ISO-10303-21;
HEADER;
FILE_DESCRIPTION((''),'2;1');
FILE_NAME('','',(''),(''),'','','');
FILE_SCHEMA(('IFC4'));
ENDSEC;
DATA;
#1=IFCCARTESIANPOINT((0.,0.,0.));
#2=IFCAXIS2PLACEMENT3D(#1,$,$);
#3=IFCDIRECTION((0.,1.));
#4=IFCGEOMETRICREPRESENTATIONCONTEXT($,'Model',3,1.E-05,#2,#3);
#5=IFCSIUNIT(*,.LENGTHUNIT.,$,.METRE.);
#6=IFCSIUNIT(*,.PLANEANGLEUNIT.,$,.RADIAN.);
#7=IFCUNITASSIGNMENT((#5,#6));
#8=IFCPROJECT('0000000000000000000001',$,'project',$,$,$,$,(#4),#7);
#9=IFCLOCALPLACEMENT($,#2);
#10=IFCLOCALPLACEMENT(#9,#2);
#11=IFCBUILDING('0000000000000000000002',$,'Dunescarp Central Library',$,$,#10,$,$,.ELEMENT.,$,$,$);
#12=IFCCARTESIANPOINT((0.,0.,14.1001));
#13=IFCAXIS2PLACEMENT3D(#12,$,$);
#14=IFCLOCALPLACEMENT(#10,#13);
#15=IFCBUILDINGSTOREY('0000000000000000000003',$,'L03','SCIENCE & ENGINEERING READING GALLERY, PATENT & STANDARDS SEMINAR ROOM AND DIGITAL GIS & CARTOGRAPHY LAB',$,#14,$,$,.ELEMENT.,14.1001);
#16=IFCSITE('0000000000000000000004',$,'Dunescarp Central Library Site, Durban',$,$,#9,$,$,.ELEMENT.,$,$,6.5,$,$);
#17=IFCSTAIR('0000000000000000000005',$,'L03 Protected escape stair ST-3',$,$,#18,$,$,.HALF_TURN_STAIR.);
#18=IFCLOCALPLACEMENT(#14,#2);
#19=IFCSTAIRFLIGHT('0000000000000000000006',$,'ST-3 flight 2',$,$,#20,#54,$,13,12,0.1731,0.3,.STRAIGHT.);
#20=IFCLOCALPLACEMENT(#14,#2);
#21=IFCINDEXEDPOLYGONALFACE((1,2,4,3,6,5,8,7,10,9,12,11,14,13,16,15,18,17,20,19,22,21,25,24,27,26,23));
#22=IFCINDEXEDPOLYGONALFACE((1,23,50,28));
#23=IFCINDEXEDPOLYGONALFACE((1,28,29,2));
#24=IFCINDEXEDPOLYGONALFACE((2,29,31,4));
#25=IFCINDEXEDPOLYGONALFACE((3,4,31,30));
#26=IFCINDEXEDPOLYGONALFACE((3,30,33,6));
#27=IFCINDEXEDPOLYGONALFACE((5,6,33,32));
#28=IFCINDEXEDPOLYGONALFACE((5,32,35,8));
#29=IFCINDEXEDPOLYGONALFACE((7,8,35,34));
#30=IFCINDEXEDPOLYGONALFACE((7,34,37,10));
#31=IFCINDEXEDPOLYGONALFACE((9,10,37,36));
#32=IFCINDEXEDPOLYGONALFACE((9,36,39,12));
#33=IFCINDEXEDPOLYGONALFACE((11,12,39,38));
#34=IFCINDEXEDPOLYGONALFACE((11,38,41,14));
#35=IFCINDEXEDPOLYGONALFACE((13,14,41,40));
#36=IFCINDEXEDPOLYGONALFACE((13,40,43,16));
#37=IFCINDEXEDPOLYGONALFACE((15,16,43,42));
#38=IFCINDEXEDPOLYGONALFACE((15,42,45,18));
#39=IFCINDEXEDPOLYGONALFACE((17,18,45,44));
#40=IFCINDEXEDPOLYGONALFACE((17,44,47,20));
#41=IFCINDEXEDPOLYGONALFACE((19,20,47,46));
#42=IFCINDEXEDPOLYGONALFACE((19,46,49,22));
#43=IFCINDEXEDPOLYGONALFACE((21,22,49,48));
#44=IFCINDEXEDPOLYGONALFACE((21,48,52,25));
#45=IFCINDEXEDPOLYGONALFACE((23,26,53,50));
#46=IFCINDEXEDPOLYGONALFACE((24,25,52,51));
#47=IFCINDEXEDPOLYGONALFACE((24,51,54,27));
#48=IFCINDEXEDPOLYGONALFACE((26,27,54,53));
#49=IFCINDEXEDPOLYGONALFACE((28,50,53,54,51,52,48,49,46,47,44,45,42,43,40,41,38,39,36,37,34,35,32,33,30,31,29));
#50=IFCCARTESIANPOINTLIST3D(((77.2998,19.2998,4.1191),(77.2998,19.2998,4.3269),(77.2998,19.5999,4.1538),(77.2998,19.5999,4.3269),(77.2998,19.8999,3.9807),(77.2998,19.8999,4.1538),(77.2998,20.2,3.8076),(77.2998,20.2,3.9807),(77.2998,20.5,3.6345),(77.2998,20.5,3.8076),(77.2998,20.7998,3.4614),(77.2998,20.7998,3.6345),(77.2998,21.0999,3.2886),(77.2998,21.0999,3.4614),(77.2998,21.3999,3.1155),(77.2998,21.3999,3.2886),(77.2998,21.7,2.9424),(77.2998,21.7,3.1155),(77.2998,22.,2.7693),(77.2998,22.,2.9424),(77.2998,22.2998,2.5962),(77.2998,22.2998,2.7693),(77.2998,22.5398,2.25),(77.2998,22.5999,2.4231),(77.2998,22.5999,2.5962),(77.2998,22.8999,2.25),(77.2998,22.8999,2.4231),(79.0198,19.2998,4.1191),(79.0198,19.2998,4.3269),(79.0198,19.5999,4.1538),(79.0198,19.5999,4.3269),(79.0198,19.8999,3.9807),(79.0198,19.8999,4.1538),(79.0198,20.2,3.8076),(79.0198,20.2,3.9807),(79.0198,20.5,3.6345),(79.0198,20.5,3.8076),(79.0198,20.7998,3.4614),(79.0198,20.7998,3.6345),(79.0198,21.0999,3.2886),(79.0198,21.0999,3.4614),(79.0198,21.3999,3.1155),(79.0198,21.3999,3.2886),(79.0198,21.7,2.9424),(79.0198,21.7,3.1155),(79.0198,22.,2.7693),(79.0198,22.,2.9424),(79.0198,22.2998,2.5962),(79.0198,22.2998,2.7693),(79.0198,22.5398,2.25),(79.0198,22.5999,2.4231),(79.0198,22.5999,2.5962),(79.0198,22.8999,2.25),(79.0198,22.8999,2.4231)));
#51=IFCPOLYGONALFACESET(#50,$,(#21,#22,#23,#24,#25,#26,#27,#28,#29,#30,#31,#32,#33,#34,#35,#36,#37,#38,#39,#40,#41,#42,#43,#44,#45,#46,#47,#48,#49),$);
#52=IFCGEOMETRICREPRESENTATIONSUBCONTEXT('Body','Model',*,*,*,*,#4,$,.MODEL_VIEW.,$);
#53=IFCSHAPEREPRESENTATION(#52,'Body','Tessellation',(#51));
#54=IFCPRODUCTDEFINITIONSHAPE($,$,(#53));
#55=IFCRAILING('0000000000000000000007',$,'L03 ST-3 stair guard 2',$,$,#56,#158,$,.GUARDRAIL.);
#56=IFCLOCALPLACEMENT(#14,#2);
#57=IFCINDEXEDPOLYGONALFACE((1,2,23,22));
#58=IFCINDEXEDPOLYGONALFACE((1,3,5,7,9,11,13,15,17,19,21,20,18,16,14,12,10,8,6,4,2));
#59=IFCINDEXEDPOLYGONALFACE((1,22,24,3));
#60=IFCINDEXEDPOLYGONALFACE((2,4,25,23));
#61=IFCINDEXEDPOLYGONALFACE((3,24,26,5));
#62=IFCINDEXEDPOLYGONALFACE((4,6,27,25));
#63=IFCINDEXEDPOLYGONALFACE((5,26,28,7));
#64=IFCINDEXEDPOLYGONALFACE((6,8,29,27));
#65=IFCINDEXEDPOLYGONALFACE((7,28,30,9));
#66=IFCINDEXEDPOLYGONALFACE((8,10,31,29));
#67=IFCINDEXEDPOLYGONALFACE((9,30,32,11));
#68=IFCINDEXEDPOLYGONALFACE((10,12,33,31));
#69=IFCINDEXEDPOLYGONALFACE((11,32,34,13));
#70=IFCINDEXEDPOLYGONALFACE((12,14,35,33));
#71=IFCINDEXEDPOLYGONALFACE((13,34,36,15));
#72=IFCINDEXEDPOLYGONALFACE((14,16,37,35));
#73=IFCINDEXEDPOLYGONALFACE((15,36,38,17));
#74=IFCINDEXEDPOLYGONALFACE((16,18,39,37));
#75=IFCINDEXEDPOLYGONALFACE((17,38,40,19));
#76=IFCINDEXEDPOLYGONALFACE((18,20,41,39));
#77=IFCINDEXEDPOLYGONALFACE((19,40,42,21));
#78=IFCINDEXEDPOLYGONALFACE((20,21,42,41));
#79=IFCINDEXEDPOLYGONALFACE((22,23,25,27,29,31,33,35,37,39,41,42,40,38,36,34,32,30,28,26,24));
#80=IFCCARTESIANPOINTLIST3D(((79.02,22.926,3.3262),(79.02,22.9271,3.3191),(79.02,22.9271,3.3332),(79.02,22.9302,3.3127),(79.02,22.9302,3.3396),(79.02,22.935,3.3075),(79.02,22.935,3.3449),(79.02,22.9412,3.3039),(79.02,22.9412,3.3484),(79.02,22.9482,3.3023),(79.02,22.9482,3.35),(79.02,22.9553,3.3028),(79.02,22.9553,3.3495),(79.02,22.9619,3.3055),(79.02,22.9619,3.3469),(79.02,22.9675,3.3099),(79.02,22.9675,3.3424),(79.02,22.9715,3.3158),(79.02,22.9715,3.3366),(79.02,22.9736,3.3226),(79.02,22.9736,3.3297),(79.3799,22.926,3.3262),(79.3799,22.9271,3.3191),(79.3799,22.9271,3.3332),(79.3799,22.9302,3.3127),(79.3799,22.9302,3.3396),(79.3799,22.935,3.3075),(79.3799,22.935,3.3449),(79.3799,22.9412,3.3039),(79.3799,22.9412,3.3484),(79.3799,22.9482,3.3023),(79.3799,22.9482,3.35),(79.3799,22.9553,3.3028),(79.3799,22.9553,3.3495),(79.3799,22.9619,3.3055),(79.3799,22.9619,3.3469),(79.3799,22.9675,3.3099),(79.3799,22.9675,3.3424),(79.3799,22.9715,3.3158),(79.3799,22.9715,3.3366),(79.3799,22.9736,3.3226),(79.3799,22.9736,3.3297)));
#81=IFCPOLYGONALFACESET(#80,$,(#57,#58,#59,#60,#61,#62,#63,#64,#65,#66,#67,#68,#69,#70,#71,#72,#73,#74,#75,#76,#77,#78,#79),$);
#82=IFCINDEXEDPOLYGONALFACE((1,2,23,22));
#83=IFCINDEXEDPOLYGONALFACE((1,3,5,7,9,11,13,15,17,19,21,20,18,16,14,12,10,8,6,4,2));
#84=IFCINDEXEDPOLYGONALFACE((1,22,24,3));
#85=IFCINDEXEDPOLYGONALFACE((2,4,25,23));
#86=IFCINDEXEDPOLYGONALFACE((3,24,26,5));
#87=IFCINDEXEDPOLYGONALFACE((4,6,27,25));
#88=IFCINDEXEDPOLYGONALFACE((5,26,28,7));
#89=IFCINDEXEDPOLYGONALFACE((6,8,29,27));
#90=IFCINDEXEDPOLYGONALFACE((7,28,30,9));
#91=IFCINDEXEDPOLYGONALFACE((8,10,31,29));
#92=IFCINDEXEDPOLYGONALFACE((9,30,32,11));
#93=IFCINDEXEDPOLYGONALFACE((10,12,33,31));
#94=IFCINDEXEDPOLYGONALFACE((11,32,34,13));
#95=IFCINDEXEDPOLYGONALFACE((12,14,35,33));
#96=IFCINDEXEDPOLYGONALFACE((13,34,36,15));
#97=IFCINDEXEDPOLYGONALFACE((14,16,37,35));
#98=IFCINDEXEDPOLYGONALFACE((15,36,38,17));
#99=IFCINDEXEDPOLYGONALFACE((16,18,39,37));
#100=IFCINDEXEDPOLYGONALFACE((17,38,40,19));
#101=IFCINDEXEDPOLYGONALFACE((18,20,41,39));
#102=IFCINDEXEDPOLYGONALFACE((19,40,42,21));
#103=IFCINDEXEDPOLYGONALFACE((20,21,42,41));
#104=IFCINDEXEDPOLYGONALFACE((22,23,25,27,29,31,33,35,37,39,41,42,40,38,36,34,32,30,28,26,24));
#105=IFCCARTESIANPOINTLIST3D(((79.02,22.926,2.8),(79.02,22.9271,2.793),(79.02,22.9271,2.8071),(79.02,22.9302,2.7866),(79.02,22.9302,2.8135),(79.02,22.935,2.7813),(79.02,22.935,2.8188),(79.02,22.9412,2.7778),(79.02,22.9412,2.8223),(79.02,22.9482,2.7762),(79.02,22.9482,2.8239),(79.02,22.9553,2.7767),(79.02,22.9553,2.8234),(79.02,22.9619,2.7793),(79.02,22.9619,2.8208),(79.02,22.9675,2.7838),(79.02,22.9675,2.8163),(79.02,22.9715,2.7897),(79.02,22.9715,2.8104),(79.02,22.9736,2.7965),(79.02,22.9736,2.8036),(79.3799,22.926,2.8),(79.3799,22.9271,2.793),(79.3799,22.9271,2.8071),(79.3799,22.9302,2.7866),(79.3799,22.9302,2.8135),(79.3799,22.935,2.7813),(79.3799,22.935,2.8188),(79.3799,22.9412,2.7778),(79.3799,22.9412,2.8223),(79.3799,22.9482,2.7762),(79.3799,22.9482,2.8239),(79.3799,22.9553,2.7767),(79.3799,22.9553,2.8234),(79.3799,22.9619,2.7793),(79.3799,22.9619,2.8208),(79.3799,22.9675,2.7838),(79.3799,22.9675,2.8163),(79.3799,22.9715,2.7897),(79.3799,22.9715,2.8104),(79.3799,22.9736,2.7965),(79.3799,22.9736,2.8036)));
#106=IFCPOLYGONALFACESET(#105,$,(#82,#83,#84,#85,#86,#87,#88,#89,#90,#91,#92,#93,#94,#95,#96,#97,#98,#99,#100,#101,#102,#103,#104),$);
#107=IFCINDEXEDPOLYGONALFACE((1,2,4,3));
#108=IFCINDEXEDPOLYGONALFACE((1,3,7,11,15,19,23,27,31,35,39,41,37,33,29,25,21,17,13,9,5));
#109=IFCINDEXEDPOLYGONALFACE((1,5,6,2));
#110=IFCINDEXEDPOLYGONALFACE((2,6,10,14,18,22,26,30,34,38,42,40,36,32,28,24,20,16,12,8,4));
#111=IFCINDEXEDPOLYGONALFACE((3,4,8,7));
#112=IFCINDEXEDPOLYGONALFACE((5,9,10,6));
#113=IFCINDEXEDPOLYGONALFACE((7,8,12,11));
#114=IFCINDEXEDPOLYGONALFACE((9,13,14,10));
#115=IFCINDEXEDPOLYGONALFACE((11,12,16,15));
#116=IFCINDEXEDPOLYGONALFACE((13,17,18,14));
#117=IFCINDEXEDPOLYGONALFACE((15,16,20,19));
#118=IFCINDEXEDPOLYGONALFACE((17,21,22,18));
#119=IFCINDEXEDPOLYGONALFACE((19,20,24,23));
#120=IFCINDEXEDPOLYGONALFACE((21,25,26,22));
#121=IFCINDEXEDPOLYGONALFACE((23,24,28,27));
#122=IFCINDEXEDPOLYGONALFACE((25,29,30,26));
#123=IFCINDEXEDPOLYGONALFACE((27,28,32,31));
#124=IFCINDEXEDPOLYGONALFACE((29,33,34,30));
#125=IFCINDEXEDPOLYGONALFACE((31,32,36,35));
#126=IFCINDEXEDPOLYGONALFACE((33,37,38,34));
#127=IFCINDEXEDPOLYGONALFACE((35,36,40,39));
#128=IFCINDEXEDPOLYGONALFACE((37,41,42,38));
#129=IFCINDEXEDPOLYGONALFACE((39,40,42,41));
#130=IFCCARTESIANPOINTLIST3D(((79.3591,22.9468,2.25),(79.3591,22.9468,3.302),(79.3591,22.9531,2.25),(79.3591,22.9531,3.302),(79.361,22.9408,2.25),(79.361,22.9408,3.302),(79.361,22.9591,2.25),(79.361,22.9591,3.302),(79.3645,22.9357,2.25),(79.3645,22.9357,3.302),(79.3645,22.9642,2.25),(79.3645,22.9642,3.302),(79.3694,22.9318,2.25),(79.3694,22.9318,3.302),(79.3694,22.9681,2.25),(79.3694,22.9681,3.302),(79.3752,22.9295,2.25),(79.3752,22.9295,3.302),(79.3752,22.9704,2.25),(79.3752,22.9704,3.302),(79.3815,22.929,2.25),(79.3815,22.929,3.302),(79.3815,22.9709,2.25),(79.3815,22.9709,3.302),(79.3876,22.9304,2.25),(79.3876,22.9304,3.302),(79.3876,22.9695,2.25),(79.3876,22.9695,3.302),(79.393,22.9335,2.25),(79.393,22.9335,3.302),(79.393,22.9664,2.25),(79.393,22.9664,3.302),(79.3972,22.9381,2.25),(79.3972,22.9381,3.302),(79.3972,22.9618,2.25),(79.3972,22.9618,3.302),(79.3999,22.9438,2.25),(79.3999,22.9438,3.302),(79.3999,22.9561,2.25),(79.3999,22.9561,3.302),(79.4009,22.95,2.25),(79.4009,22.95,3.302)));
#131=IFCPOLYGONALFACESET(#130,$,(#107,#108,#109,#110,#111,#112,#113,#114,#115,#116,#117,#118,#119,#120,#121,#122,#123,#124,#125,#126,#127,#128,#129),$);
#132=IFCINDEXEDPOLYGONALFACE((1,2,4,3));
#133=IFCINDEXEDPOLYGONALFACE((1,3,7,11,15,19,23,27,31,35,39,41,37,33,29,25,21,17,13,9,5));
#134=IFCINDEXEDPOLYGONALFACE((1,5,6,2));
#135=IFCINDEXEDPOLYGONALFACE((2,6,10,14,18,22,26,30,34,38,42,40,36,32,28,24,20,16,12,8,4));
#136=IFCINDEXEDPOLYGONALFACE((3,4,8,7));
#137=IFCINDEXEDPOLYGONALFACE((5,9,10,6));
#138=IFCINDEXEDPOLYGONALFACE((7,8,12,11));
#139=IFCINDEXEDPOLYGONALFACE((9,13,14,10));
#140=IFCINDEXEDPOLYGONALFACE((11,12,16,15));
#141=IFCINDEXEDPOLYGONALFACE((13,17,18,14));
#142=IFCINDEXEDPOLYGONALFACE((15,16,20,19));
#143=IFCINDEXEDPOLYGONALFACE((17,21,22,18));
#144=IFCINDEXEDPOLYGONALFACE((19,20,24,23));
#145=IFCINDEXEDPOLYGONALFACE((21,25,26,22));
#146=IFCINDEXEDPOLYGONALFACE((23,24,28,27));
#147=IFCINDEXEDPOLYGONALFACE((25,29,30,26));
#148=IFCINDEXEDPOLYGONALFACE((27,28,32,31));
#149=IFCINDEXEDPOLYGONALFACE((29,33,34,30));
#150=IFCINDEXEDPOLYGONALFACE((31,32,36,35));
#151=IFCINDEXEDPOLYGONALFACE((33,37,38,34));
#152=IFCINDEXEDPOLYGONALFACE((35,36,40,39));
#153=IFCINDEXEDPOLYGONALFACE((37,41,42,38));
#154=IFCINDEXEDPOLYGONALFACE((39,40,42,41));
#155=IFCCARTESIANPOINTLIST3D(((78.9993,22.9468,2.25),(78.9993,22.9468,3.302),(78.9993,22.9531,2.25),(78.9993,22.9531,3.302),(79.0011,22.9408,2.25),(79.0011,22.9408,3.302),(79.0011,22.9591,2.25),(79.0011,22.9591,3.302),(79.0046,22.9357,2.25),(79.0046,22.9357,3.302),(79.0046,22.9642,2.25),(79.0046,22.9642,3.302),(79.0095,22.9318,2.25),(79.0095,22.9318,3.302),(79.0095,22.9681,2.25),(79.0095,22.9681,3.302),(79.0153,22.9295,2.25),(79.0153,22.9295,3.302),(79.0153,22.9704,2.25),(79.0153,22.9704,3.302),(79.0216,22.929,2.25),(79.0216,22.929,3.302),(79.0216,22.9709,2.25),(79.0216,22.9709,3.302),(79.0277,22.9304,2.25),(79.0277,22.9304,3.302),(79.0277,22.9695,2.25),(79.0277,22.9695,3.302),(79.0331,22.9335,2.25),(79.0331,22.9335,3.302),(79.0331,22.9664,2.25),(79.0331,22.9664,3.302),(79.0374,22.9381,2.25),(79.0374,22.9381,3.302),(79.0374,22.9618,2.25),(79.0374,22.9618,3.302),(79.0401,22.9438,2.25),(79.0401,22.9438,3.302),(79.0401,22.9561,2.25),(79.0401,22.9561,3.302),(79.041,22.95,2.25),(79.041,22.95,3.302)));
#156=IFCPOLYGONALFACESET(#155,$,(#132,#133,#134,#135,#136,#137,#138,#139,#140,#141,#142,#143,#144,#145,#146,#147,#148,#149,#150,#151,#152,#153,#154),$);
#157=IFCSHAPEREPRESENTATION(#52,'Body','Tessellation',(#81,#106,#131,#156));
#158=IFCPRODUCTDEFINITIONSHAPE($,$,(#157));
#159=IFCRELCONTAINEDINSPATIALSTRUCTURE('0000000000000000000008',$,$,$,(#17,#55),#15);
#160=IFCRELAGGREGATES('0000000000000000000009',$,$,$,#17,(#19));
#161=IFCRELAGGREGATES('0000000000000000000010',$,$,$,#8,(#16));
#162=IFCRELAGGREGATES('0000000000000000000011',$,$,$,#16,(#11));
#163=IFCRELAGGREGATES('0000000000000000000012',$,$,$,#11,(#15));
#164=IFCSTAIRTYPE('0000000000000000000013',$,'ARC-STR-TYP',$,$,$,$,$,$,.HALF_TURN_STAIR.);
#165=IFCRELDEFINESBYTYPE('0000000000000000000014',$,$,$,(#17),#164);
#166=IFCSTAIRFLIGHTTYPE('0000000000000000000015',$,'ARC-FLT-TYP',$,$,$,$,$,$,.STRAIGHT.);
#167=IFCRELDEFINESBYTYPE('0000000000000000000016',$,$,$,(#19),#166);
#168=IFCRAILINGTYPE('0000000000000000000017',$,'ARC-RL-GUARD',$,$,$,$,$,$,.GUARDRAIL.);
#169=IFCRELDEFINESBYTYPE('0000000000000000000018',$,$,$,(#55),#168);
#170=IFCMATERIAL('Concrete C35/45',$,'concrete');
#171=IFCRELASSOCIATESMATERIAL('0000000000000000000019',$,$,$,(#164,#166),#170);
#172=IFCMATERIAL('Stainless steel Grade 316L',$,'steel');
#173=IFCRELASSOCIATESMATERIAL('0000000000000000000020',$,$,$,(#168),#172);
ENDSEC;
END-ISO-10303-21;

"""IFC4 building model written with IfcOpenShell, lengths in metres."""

from ifc_helpers import new_model, si_unit, direction, frame, origin, origin_2d, place, context, subcontext, project, spatial, polyline, circle, outline, extrude, material, type_object, element, aggregate, save


model = new_model("IFC4")

# Units and contexts
model_context = context("Model", 3, precision=1e-05, world=origin(), true_north=direction((0.0, 1.0)))
body_context = subcontext(model_context, "Body", "Model", "MODEL_VIEW")
ifc_project = project(units=[si_unit("LENGTHUNIT", "METRE"), si_unit("PLANEANGLEUNIT", "RADIAN")], contexts=[model_context])

# Site, building, storey
site_placement = place(None, origin())
site = spatial("IfcSite", under=ifc_project, at=site_placement, Name="Dunescarp Central Library Site, Durban", CompositionType="ELEMENT", RefElevation=6.5)
building_placement = place(site_placement, origin())
building = spatial("IfcBuilding", under=site, at=building_placement, Name="Dunescarp Central Library", CompositionType="ELEMENT")
storey_placement = place(building_placement, frame((0.0, 0.0, 14.1001)))
storey = spatial("IfcBuildingStorey", under=building, at=storey_placement, Name="L03", Description="SCIENCE & ENGINEERING READING GALLERY, PATENT & STANDARDS SEMINAR ROOM AND DIGITAL GIS & CARTOGRAPHY LAB", CompositionType="ELEMENT", Elevation=14.1001)

# Stair, stair flight
ifc_material_1 = material(Name="Concrete C35/45", Category="concrete")
stair_type = type_object("IfcStairType", Name="ARC-STR-TYP", PredefinedType="HALF_TURN_STAIR", material=ifc_material_1)
stair_placement = place(storey_placement, origin())
stair = element("IfcStair", 1, at=stair_placement, inside=storey, type_object=stair_type, Name="L03 Protected escape stair ST-3", PredefinedType="HALF_TURN_STAIR")
stair_flight_type = type_object("IfcStairFlightType", Name="ARC-FLT-TYP", PredefinedType="STRAIGHT", material=ifc_material_1)
stair_flight_placement = place(storey_placement, frame((78.1599, 22.8999, 2.25), z_axis=(0.0, 0.0, 1.0), x_axis=(0.0, -1.0, 0.0)))
stair_flight = element("IfcStairFlight", 2, at=stair_flight_placement, type_object=stair_flight_type, Name="ST-3 flight 2", NumberOfRisers=13, NumberOfTreads=12, PredefinedType="STRAIGHT", RiserHeight=0.1731, TreadLength=0.3, context=body_context, shape_type="SweptSolid", body=[
    extrude(outline(polyline([(0.0, 0.0), (0.0, 0.1731), (0.3, 0.1731), (0.3, 0.3462), (0.6001, 0.3462), (0.6001, 0.5193), (0.8999, 0.5193), (0.8999, 0.6924), (1.2, 0.6924), (1.2, 0.8655), (1.5, 0.8655), (1.5, 1.0386), (1.8, 1.0386), (1.8, 1.2114), (2.1001, 1.2114), (2.1001, 1.3845), (2.3999, 1.3845), (2.3999, 1.5576), (2.7, 1.5576), (2.7, 1.7307), (3.0, 1.7307), (3.0, 1.9038), (3.3, 1.9038), (3.3, 2.0769), (3.6001, 2.0769), (3.6001, 2.25), (3.6001, 1.8691), (0.3601, 0.0), (0.0, 0.0)])), frame((0.0, 0.8599, 0.0), z_axis=(0.0, -1.0, 0.0), x_axis=(1.0, 0.0, 0.0)), (0.0, 0.0, 1.0), 1.72),
])
aggregate(stair, [stair_flight])

# Railing
ifc_material_2 = material(Name="Stainless steel Grade 316L", Category="steel")
railing_type_1 = type_object("IfcRailingType", Name="ARC-RL-GUARD", PredefinedType="GUARDRAIL", material=ifc_material_2)
railing_1_placement = place(storey_placement, frame((79.3799, 22.95, 2.25)))
element("IfcRailing", 3, at=railing_1_placement, inside=storey, type_object=railing_type_1, Name="L03 ST-3 stair guard 2", PredefinedType="GUARDRAIL", context=body_context, shape_type="SweptSolid", body=[
    extrude(circle(Radius=0.0239, at=origin_2d()), frame((0.0, 0.0, 1.0762), z_axis=(-1.0, 0.0, 0.0), x_axis=(0.0, -1.0, 0.0)), (0.0, 0.0, 1.0), 0.3599),
    extrude(circle(Radius=0.0239, at=origin_2d()), frame((0.0, 0.0, 0.55), z_axis=(-1.0, 0.0, 0.0), x_axis=(0.0, -1.0, 0.0)), (0.0, 0.0, 1.0), 0.3599),
    extrude(circle(Radius=0.021, at=origin_2d()), origin(), (0.0, 0.0, 1.0), 1.052),
    extrude(circle(Radius=0.021, at=origin_2d()), frame((-0.3599, 0.0, 0.0)), (0.0, 0.0, 1.0), 1.052),
])

save(model, "model.ifc")
